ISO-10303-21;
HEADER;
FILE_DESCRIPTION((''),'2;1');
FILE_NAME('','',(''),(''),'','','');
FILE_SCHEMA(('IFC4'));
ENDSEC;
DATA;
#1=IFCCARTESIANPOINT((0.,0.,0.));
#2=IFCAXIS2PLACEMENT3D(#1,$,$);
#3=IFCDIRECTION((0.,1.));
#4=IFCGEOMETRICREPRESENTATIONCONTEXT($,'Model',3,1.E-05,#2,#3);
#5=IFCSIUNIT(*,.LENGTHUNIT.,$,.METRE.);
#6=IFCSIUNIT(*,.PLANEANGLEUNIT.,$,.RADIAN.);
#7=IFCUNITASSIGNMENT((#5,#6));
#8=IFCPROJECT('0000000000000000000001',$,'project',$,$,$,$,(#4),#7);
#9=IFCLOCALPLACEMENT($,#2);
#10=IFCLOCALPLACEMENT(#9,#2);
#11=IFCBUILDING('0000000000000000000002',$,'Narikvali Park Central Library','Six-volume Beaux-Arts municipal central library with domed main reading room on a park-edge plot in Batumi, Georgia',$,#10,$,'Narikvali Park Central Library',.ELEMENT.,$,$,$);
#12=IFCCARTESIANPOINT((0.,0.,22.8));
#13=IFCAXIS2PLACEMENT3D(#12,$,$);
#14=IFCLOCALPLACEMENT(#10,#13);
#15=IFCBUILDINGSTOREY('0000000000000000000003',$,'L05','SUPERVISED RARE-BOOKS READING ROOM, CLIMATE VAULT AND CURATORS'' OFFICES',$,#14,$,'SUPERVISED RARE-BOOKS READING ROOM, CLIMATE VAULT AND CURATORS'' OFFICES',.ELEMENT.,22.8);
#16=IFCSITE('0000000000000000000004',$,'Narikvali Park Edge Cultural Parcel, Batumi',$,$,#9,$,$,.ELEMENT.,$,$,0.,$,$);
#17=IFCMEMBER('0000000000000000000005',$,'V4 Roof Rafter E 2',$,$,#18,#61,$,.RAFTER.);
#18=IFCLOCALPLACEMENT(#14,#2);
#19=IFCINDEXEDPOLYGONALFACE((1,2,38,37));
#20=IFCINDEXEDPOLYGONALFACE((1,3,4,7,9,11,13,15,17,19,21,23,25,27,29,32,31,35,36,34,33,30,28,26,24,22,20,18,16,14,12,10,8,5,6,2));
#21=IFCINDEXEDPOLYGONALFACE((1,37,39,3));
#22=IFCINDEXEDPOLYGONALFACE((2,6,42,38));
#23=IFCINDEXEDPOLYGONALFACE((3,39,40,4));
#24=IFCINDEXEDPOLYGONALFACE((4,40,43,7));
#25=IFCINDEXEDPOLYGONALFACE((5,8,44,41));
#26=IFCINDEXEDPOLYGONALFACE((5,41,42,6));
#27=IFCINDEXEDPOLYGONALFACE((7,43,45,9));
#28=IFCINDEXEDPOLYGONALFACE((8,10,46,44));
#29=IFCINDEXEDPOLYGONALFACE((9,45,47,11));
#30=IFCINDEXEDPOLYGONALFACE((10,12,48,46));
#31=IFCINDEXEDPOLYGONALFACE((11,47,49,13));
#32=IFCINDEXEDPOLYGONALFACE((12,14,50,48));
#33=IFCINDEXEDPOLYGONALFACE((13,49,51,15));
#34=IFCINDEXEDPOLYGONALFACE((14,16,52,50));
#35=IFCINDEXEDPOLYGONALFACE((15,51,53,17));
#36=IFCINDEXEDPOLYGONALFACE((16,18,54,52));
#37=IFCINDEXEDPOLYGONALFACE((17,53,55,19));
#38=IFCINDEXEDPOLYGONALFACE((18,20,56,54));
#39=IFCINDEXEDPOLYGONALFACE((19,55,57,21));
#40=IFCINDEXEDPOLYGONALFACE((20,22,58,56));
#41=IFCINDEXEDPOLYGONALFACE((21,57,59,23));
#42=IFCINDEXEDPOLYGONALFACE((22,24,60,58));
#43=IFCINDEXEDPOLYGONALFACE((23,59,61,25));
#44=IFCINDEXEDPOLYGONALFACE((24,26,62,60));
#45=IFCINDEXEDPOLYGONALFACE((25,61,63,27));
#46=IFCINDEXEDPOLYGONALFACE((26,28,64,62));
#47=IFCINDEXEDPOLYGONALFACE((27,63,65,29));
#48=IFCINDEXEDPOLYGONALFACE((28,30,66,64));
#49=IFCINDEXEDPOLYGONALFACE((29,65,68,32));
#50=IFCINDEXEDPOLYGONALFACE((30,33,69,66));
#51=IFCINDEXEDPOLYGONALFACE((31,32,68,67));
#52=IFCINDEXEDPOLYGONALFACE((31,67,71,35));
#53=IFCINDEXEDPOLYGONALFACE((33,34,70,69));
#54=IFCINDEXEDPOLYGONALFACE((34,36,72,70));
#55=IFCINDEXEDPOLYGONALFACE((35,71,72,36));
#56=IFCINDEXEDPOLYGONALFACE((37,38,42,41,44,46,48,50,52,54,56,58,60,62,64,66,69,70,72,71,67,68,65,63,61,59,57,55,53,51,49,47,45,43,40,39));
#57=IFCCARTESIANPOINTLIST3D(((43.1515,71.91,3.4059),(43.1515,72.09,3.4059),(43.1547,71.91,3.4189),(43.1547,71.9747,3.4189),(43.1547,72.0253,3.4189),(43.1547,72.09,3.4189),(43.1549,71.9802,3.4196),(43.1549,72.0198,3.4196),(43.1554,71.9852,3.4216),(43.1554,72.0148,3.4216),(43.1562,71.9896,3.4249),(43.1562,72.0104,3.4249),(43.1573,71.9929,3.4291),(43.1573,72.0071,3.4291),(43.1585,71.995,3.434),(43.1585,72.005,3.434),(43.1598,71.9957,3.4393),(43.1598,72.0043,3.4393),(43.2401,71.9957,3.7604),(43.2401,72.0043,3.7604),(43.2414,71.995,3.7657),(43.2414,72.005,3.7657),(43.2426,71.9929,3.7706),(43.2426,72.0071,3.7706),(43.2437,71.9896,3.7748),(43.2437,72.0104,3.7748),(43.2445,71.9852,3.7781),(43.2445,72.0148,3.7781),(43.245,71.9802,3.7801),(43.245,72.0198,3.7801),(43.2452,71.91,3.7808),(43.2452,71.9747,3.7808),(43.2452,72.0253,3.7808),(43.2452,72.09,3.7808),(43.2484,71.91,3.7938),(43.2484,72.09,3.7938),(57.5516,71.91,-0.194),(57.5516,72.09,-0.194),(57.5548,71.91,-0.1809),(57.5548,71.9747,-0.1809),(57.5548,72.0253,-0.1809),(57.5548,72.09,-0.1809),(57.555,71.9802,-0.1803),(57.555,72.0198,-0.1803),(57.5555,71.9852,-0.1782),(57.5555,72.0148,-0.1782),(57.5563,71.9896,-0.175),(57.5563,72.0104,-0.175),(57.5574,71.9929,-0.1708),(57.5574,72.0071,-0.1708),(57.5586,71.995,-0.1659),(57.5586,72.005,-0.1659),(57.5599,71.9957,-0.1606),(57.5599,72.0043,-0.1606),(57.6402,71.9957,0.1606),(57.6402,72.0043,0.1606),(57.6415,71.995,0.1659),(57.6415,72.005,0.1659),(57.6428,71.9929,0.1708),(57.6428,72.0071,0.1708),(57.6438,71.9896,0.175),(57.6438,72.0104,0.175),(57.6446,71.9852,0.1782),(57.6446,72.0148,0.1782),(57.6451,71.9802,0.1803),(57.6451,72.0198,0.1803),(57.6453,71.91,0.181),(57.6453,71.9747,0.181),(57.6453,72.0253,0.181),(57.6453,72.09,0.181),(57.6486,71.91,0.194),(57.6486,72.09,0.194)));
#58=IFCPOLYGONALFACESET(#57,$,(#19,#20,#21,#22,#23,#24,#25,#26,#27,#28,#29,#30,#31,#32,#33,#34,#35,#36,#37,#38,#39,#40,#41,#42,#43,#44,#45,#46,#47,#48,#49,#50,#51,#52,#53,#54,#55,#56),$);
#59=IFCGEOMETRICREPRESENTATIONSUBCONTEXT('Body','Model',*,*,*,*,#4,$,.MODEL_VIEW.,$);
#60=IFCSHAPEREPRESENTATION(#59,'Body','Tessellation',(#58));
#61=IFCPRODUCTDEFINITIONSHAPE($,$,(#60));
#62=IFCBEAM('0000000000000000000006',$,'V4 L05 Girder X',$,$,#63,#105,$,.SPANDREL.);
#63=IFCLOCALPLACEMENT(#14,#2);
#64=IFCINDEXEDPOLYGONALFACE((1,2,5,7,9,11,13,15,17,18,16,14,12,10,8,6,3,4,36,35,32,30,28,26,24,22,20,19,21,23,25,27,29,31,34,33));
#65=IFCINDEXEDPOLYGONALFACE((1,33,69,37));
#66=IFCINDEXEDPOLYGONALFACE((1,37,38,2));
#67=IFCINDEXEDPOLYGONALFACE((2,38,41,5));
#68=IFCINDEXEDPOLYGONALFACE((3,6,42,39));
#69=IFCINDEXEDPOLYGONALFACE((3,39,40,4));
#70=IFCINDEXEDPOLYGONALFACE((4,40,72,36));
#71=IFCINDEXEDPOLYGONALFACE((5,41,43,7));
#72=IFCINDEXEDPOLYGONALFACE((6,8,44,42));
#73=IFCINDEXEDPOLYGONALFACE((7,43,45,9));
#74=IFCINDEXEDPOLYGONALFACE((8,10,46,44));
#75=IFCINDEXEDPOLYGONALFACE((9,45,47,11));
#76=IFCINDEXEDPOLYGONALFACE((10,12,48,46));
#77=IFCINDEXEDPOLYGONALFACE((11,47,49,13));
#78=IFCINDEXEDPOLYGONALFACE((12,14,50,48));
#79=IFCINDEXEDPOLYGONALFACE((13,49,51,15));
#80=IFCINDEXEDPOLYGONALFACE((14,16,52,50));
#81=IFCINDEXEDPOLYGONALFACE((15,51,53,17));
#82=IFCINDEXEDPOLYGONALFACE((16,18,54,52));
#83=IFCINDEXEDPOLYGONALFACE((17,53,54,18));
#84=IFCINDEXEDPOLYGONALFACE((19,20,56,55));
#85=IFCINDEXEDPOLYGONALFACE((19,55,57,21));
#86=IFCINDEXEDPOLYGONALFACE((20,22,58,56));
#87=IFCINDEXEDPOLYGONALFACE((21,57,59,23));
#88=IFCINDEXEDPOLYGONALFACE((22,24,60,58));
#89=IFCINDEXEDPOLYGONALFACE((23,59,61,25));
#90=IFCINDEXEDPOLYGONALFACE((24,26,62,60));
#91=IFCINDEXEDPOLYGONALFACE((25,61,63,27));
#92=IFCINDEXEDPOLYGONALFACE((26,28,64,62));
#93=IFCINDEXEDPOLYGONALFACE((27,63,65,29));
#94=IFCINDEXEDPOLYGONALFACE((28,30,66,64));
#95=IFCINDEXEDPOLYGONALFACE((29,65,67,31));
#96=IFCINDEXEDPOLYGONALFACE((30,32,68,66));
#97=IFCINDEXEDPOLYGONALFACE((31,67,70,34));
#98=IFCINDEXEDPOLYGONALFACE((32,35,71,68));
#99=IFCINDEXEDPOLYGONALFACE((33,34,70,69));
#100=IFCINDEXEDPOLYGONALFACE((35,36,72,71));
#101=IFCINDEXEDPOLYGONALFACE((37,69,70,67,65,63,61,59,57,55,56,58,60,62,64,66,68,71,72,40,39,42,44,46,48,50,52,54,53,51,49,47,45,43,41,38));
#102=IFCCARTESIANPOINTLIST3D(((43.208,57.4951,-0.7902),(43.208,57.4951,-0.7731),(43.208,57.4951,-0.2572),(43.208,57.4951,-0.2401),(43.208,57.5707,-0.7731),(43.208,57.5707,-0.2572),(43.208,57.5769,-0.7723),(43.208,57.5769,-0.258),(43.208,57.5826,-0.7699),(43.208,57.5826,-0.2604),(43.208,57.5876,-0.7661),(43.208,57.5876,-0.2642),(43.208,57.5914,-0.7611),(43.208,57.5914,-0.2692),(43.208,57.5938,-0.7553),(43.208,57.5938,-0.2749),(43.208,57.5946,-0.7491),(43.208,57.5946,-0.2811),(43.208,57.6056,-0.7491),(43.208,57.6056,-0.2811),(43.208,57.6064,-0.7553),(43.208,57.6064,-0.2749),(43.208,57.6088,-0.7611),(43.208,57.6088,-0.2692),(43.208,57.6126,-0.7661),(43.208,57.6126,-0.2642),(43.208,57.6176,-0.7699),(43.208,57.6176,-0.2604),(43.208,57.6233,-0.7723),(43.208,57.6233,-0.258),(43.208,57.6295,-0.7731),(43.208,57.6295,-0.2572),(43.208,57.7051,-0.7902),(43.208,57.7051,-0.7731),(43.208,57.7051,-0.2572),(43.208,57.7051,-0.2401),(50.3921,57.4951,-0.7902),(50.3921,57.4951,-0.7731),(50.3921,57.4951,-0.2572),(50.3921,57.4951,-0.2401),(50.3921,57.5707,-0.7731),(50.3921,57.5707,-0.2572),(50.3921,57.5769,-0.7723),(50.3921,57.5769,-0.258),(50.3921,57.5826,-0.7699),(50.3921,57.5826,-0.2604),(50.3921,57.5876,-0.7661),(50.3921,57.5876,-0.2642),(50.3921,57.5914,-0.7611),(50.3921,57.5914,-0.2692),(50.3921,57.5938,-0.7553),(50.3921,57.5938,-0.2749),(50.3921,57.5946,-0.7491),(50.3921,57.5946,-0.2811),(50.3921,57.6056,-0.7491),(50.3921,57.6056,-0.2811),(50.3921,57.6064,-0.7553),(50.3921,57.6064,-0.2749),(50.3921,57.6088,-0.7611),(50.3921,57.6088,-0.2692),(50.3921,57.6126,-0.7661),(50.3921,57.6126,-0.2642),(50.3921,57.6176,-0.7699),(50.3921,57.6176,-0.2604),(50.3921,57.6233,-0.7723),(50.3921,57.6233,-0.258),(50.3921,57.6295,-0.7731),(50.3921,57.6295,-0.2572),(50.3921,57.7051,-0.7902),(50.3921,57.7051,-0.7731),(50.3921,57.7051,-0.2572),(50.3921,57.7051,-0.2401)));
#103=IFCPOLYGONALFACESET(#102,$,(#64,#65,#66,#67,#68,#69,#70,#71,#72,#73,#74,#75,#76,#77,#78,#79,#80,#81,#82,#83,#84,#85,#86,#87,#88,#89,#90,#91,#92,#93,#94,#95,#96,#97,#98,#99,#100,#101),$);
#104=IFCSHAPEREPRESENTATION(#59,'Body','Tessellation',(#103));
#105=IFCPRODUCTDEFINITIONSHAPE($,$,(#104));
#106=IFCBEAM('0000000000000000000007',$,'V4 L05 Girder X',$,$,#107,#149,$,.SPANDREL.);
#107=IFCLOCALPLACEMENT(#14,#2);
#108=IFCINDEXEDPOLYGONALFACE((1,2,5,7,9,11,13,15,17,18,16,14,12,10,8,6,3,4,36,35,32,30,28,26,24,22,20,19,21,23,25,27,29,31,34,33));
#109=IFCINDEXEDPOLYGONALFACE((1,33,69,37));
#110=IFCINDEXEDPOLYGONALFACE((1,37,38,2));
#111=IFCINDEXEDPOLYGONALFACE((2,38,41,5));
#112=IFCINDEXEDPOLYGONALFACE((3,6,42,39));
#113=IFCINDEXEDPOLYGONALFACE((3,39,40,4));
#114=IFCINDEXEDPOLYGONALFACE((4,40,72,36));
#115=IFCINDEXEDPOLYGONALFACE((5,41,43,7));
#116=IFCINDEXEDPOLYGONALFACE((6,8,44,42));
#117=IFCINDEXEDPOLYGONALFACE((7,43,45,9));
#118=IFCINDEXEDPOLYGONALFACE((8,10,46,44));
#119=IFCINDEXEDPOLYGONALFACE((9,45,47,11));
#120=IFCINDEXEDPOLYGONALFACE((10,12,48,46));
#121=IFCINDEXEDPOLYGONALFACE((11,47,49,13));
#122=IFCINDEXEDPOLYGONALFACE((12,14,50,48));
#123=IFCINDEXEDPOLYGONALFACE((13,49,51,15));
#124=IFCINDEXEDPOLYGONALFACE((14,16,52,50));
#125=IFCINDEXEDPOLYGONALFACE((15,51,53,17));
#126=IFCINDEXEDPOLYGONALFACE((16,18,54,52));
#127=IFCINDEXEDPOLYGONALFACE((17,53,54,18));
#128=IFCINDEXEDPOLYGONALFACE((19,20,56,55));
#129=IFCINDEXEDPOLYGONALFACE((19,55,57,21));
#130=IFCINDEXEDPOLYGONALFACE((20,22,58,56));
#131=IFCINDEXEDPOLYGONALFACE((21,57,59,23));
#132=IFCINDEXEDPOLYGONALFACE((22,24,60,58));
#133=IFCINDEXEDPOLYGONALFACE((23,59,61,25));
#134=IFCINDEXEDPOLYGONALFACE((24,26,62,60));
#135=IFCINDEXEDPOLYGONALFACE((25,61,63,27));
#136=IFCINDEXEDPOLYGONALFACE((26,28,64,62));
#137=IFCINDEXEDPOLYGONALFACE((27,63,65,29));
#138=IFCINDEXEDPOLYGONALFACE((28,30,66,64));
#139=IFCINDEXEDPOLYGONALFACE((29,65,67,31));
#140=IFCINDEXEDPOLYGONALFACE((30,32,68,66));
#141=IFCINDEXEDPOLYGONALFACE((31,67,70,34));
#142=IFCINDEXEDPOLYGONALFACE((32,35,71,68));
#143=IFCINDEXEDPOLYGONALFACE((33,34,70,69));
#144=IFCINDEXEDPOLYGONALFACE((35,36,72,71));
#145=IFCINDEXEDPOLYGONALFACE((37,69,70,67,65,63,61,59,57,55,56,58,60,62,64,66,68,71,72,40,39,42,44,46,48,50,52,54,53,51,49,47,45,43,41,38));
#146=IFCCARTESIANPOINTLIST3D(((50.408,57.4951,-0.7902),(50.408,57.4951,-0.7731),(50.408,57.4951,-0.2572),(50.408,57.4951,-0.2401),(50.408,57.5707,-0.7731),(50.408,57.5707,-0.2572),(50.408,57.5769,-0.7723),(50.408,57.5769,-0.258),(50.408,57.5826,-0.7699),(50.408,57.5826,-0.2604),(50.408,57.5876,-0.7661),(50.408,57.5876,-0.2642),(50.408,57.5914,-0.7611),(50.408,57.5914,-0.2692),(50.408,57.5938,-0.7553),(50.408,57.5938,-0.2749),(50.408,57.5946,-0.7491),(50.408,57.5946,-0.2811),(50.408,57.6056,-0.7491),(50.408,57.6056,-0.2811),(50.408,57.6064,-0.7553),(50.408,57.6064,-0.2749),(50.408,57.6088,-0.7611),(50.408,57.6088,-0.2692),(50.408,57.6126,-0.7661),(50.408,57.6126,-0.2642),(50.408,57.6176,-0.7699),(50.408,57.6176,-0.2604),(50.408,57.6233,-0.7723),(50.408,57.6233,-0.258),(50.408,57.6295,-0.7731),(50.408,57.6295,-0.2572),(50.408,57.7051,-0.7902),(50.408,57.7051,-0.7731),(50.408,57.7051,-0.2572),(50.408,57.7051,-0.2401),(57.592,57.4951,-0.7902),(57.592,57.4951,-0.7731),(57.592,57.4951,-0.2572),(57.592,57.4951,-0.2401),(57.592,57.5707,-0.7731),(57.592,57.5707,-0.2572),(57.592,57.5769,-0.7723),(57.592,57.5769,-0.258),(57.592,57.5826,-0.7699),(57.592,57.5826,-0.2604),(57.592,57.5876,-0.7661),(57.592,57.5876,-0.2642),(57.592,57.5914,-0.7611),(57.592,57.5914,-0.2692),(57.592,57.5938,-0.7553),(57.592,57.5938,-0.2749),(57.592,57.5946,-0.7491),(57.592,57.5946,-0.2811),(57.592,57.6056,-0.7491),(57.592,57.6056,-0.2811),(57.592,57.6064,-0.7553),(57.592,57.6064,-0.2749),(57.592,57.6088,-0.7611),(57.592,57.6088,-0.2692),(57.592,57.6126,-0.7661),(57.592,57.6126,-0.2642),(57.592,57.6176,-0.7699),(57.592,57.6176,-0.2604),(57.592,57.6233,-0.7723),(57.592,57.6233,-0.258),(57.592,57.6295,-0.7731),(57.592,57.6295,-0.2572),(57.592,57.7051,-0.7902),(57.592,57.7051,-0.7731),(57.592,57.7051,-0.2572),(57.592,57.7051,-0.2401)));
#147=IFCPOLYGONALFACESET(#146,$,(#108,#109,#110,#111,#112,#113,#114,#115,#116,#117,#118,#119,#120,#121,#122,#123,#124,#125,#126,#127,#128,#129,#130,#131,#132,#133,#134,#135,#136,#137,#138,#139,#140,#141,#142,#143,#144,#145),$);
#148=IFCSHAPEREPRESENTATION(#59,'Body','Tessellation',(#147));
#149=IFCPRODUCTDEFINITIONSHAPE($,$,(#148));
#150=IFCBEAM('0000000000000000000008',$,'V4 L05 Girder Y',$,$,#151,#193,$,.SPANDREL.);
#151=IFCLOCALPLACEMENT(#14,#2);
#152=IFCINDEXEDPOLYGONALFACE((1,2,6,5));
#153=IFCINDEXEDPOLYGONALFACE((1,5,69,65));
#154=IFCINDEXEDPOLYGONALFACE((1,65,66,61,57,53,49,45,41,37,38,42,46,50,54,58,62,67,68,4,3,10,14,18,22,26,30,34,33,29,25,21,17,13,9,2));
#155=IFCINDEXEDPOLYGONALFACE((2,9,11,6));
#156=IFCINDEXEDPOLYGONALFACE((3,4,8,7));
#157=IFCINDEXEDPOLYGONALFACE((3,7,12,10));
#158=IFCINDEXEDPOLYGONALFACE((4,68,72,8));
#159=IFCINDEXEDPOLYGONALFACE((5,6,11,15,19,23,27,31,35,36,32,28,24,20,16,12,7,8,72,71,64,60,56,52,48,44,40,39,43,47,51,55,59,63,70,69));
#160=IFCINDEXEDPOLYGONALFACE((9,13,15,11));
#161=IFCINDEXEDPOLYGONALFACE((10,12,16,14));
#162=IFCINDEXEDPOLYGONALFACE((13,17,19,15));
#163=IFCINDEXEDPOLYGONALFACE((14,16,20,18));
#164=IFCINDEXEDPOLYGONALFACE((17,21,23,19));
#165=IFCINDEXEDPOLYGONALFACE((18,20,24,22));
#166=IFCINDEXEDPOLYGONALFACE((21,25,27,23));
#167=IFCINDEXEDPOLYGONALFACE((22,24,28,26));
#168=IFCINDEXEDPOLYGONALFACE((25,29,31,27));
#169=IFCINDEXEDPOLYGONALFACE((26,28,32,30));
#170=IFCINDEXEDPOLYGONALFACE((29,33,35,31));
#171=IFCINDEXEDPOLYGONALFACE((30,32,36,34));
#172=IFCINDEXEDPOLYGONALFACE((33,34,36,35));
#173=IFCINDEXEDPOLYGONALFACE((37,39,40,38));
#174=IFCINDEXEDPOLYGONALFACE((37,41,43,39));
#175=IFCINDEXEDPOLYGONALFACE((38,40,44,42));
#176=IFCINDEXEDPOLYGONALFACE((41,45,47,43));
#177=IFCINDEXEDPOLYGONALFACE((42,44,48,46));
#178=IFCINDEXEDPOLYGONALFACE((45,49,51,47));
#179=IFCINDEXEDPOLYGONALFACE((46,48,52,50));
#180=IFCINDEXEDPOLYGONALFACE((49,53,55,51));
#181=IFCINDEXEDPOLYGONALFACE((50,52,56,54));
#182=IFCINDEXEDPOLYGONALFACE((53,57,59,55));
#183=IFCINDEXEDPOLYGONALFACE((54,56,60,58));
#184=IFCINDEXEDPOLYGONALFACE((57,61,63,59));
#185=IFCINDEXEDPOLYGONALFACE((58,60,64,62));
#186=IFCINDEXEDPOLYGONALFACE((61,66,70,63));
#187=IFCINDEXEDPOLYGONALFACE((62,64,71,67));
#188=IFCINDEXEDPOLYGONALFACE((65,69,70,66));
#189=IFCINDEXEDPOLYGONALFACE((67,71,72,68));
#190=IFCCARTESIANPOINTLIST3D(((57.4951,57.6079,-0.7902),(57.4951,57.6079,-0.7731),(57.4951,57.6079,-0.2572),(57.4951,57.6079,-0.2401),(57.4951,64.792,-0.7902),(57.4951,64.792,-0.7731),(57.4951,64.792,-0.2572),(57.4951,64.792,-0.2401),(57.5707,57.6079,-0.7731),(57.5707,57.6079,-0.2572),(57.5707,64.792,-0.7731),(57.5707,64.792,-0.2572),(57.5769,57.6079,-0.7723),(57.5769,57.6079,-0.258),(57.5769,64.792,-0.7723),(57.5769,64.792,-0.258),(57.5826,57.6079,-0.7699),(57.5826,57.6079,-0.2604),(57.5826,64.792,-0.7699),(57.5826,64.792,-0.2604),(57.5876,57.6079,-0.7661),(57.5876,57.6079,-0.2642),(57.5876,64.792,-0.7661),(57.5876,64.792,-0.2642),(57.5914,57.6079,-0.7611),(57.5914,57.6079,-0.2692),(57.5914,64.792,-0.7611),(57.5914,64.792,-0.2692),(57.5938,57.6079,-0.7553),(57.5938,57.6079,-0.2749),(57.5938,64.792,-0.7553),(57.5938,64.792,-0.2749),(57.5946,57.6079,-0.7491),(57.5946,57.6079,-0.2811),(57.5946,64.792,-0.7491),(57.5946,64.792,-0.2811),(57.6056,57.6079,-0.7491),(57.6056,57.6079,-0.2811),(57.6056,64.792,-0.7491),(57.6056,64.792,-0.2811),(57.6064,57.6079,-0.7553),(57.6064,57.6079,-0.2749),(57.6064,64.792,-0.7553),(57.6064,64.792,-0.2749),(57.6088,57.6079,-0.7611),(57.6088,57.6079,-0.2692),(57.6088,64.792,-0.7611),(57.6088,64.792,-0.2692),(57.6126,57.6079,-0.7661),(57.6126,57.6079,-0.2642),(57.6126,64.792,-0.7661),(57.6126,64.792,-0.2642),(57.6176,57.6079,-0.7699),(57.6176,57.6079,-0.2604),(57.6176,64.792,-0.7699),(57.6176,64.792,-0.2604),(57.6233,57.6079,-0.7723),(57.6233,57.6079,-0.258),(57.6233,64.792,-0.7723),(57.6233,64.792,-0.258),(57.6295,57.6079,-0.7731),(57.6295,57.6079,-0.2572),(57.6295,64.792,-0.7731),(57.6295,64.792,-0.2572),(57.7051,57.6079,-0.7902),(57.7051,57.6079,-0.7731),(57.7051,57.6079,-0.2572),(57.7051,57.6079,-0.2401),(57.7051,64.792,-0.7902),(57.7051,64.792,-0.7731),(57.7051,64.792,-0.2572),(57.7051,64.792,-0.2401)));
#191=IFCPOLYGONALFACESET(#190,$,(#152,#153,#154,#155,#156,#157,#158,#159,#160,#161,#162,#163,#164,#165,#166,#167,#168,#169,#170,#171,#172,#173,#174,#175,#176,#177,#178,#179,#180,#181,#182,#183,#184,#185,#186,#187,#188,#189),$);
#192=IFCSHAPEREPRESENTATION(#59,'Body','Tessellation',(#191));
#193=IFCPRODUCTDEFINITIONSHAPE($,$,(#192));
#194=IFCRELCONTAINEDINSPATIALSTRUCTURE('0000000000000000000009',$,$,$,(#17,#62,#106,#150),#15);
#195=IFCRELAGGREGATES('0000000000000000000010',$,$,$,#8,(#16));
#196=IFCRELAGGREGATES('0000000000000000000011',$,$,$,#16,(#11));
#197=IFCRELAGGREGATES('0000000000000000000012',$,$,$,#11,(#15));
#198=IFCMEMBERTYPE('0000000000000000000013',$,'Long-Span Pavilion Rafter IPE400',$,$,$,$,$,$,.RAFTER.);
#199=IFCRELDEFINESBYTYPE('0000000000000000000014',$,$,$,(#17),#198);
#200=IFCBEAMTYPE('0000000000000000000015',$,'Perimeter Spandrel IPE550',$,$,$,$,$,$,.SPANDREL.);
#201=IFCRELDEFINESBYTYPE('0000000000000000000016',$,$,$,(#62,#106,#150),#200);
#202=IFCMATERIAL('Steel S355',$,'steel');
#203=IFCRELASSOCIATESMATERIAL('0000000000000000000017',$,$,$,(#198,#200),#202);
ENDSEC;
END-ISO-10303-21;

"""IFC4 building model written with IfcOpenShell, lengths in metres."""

from ifc_helpers import new_model, si_unit, direction, frame, origin, origin_2d, place, context, subcontext, project, spatial, i_section, extrude, material, material_profile, profile_set, type_object, element, save


model = new_model("IFC4")

# Units and contexts
model_context = context("Model", 3, precision=1e-05, world=origin(), true_north=direction((0.0, 1.0)))
body_context = subcontext(model_context, "Body", "Model", "MODEL_VIEW")
ifc_project = project(units=[si_unit("LENGTHUNIT", "METRE"), si_unit("PLANEANGLEUNIT", "RADIAN")], contexts=[model_context])

# Site, building, storey
site_placement = place(None, origin())
site = spatial("IfcSite", under=ifc_project, at=site_placement, Name="Narikvali Park Edge Cultural Parcel, Batumi", CompositionType="ELEMENT", RefElevation=0.0)
building_placement = place(site_placement, origin())
building = spatial("IfcBuilding", under=site, at=building_placement, Name="Narikvali Park Central Library", Description="Six-volume Beaux-Arts municipal central library with domed main reading room on a park-edge plot in Batumi, Georgia", LongName="Narikvali Park Central Library", CompositionType="ELEMENT")
storey_placement = place(building_placement, frame((0.0, 0.0, 22.8)))
storey = spatial("IfcBuildingStorey", under=building, at=storey_placement, Name="L05", Description="SUPERVISED RARE-BOOKS READING ROOM, CLIMATE VAULT AND CURATORS' OFFICES", LongName="SUPERVISED RARE-BOOKS READING ROOM, CLIMATE VAULT AND CURATORS' OFFICES", CompositionType="ELEMENT", Elevation=22.8)

# Shared definitions
ifc_material_1 = material(Name="Steel S355", Category="steel")

# Member
ifc_material_profile_1 = material_profile(ifc_material_1, i_section(OverallWidth=0.1799, OverallDepth=0.3999, WebThickness=0.0085, FlangeThickness=0.0134, FilletRadius=0.021, at=origin_2d()), Name="IPE 400")
ifc_profile_set_1 = profile_set([ifc_material_profile_1], Name="Steel S355")
member_type_1 = type_object("IfcMemberType", Name="Long-Span Pavilion Rafter IPE400", PredefinedType="RAFTER", material=ifc_profile_set_1)
for number, where, z_axis, x_axis, name in (
    (1, (43.2, 72.0, 3.5999), (0.970145, 0.0, -0.242524), (0.0, 1.0, 0.0), "V4 Roof Rafter E 2"),
):
    element("IfcMember", number, at=place(storey_placement, frame(where, z_axis=z_axis, x_axis=x_axis)), inside=storey, type_object=member_type_1, Name=name, PredefinedType="RAFTER", context=body_context, shape_type="SweptSolid", body=[
        extrude(i_section(OverallWidth=0.1799, OverallDepth=0.3999, WebThickness=0.0085, FlangeThickness=0.0134, FilletRadius=0.021, at=origin_2d()), origin(), (0.0, 0.0, 1.0), 14.8433),
    ])

# Beams
ifc_material_profile_2 = material_profile(ifc_material_1, i_section(OverallWidth=0.21, OverallDepth=0.55, WebThickness=0.011, FlangeThickness=0.0171, FilletRadius=0.0239, at=origin_2d()), Name="IPE 550")
ifc_profile_set_2 = profile_set([ifc_material_profile_2], Name="Steel S355")
beam_type_1 = type_object("IfcBeamType", Name="Perimeter Spandrel IPE550", PredefinedType="SPANDREL", material=ifc_profile_set_2)
for number, where, z_axis, x_axis, name in (
    (2, (43.208, 57.6001, -0.5151), (1.0, 0.0, 0.0), (0.0, 1.0, 0.0), "V4 L05 Girder X"),
    (3, (50.408, 57.6001, -0.5151), (1.0, 0.0, 0.0), (0.0, 1.0, 0.0), "V4 L05 Girder X"),
    (4, (57.6001, 57.6079, -0.5151), (0.0, 1.0, 0.0), (-1.0, 0.0, 0.0), "V4 L05 Girder Y"),
):
    element("IfcBeam", number, at=place(storey_placement, frame(where, z_axis=z_axis, x_axis=x_axis)), inside=storey, type_object=beam_type_1, Name=name, PredefinedType="SPANDREL", context=body_context, shape_type="SweptSolid", body=[
        extrude(i_section(OverallWidth=0.21, OverallDepth=0.55, WebThickness=0.011, FlangeThickness=0.0171, FilletRadius=0.0239, at=origin_2d()), origin(), (0.0, 0.0, 1.0), 7.1841),
    ])

save(model, "model.ifc")
